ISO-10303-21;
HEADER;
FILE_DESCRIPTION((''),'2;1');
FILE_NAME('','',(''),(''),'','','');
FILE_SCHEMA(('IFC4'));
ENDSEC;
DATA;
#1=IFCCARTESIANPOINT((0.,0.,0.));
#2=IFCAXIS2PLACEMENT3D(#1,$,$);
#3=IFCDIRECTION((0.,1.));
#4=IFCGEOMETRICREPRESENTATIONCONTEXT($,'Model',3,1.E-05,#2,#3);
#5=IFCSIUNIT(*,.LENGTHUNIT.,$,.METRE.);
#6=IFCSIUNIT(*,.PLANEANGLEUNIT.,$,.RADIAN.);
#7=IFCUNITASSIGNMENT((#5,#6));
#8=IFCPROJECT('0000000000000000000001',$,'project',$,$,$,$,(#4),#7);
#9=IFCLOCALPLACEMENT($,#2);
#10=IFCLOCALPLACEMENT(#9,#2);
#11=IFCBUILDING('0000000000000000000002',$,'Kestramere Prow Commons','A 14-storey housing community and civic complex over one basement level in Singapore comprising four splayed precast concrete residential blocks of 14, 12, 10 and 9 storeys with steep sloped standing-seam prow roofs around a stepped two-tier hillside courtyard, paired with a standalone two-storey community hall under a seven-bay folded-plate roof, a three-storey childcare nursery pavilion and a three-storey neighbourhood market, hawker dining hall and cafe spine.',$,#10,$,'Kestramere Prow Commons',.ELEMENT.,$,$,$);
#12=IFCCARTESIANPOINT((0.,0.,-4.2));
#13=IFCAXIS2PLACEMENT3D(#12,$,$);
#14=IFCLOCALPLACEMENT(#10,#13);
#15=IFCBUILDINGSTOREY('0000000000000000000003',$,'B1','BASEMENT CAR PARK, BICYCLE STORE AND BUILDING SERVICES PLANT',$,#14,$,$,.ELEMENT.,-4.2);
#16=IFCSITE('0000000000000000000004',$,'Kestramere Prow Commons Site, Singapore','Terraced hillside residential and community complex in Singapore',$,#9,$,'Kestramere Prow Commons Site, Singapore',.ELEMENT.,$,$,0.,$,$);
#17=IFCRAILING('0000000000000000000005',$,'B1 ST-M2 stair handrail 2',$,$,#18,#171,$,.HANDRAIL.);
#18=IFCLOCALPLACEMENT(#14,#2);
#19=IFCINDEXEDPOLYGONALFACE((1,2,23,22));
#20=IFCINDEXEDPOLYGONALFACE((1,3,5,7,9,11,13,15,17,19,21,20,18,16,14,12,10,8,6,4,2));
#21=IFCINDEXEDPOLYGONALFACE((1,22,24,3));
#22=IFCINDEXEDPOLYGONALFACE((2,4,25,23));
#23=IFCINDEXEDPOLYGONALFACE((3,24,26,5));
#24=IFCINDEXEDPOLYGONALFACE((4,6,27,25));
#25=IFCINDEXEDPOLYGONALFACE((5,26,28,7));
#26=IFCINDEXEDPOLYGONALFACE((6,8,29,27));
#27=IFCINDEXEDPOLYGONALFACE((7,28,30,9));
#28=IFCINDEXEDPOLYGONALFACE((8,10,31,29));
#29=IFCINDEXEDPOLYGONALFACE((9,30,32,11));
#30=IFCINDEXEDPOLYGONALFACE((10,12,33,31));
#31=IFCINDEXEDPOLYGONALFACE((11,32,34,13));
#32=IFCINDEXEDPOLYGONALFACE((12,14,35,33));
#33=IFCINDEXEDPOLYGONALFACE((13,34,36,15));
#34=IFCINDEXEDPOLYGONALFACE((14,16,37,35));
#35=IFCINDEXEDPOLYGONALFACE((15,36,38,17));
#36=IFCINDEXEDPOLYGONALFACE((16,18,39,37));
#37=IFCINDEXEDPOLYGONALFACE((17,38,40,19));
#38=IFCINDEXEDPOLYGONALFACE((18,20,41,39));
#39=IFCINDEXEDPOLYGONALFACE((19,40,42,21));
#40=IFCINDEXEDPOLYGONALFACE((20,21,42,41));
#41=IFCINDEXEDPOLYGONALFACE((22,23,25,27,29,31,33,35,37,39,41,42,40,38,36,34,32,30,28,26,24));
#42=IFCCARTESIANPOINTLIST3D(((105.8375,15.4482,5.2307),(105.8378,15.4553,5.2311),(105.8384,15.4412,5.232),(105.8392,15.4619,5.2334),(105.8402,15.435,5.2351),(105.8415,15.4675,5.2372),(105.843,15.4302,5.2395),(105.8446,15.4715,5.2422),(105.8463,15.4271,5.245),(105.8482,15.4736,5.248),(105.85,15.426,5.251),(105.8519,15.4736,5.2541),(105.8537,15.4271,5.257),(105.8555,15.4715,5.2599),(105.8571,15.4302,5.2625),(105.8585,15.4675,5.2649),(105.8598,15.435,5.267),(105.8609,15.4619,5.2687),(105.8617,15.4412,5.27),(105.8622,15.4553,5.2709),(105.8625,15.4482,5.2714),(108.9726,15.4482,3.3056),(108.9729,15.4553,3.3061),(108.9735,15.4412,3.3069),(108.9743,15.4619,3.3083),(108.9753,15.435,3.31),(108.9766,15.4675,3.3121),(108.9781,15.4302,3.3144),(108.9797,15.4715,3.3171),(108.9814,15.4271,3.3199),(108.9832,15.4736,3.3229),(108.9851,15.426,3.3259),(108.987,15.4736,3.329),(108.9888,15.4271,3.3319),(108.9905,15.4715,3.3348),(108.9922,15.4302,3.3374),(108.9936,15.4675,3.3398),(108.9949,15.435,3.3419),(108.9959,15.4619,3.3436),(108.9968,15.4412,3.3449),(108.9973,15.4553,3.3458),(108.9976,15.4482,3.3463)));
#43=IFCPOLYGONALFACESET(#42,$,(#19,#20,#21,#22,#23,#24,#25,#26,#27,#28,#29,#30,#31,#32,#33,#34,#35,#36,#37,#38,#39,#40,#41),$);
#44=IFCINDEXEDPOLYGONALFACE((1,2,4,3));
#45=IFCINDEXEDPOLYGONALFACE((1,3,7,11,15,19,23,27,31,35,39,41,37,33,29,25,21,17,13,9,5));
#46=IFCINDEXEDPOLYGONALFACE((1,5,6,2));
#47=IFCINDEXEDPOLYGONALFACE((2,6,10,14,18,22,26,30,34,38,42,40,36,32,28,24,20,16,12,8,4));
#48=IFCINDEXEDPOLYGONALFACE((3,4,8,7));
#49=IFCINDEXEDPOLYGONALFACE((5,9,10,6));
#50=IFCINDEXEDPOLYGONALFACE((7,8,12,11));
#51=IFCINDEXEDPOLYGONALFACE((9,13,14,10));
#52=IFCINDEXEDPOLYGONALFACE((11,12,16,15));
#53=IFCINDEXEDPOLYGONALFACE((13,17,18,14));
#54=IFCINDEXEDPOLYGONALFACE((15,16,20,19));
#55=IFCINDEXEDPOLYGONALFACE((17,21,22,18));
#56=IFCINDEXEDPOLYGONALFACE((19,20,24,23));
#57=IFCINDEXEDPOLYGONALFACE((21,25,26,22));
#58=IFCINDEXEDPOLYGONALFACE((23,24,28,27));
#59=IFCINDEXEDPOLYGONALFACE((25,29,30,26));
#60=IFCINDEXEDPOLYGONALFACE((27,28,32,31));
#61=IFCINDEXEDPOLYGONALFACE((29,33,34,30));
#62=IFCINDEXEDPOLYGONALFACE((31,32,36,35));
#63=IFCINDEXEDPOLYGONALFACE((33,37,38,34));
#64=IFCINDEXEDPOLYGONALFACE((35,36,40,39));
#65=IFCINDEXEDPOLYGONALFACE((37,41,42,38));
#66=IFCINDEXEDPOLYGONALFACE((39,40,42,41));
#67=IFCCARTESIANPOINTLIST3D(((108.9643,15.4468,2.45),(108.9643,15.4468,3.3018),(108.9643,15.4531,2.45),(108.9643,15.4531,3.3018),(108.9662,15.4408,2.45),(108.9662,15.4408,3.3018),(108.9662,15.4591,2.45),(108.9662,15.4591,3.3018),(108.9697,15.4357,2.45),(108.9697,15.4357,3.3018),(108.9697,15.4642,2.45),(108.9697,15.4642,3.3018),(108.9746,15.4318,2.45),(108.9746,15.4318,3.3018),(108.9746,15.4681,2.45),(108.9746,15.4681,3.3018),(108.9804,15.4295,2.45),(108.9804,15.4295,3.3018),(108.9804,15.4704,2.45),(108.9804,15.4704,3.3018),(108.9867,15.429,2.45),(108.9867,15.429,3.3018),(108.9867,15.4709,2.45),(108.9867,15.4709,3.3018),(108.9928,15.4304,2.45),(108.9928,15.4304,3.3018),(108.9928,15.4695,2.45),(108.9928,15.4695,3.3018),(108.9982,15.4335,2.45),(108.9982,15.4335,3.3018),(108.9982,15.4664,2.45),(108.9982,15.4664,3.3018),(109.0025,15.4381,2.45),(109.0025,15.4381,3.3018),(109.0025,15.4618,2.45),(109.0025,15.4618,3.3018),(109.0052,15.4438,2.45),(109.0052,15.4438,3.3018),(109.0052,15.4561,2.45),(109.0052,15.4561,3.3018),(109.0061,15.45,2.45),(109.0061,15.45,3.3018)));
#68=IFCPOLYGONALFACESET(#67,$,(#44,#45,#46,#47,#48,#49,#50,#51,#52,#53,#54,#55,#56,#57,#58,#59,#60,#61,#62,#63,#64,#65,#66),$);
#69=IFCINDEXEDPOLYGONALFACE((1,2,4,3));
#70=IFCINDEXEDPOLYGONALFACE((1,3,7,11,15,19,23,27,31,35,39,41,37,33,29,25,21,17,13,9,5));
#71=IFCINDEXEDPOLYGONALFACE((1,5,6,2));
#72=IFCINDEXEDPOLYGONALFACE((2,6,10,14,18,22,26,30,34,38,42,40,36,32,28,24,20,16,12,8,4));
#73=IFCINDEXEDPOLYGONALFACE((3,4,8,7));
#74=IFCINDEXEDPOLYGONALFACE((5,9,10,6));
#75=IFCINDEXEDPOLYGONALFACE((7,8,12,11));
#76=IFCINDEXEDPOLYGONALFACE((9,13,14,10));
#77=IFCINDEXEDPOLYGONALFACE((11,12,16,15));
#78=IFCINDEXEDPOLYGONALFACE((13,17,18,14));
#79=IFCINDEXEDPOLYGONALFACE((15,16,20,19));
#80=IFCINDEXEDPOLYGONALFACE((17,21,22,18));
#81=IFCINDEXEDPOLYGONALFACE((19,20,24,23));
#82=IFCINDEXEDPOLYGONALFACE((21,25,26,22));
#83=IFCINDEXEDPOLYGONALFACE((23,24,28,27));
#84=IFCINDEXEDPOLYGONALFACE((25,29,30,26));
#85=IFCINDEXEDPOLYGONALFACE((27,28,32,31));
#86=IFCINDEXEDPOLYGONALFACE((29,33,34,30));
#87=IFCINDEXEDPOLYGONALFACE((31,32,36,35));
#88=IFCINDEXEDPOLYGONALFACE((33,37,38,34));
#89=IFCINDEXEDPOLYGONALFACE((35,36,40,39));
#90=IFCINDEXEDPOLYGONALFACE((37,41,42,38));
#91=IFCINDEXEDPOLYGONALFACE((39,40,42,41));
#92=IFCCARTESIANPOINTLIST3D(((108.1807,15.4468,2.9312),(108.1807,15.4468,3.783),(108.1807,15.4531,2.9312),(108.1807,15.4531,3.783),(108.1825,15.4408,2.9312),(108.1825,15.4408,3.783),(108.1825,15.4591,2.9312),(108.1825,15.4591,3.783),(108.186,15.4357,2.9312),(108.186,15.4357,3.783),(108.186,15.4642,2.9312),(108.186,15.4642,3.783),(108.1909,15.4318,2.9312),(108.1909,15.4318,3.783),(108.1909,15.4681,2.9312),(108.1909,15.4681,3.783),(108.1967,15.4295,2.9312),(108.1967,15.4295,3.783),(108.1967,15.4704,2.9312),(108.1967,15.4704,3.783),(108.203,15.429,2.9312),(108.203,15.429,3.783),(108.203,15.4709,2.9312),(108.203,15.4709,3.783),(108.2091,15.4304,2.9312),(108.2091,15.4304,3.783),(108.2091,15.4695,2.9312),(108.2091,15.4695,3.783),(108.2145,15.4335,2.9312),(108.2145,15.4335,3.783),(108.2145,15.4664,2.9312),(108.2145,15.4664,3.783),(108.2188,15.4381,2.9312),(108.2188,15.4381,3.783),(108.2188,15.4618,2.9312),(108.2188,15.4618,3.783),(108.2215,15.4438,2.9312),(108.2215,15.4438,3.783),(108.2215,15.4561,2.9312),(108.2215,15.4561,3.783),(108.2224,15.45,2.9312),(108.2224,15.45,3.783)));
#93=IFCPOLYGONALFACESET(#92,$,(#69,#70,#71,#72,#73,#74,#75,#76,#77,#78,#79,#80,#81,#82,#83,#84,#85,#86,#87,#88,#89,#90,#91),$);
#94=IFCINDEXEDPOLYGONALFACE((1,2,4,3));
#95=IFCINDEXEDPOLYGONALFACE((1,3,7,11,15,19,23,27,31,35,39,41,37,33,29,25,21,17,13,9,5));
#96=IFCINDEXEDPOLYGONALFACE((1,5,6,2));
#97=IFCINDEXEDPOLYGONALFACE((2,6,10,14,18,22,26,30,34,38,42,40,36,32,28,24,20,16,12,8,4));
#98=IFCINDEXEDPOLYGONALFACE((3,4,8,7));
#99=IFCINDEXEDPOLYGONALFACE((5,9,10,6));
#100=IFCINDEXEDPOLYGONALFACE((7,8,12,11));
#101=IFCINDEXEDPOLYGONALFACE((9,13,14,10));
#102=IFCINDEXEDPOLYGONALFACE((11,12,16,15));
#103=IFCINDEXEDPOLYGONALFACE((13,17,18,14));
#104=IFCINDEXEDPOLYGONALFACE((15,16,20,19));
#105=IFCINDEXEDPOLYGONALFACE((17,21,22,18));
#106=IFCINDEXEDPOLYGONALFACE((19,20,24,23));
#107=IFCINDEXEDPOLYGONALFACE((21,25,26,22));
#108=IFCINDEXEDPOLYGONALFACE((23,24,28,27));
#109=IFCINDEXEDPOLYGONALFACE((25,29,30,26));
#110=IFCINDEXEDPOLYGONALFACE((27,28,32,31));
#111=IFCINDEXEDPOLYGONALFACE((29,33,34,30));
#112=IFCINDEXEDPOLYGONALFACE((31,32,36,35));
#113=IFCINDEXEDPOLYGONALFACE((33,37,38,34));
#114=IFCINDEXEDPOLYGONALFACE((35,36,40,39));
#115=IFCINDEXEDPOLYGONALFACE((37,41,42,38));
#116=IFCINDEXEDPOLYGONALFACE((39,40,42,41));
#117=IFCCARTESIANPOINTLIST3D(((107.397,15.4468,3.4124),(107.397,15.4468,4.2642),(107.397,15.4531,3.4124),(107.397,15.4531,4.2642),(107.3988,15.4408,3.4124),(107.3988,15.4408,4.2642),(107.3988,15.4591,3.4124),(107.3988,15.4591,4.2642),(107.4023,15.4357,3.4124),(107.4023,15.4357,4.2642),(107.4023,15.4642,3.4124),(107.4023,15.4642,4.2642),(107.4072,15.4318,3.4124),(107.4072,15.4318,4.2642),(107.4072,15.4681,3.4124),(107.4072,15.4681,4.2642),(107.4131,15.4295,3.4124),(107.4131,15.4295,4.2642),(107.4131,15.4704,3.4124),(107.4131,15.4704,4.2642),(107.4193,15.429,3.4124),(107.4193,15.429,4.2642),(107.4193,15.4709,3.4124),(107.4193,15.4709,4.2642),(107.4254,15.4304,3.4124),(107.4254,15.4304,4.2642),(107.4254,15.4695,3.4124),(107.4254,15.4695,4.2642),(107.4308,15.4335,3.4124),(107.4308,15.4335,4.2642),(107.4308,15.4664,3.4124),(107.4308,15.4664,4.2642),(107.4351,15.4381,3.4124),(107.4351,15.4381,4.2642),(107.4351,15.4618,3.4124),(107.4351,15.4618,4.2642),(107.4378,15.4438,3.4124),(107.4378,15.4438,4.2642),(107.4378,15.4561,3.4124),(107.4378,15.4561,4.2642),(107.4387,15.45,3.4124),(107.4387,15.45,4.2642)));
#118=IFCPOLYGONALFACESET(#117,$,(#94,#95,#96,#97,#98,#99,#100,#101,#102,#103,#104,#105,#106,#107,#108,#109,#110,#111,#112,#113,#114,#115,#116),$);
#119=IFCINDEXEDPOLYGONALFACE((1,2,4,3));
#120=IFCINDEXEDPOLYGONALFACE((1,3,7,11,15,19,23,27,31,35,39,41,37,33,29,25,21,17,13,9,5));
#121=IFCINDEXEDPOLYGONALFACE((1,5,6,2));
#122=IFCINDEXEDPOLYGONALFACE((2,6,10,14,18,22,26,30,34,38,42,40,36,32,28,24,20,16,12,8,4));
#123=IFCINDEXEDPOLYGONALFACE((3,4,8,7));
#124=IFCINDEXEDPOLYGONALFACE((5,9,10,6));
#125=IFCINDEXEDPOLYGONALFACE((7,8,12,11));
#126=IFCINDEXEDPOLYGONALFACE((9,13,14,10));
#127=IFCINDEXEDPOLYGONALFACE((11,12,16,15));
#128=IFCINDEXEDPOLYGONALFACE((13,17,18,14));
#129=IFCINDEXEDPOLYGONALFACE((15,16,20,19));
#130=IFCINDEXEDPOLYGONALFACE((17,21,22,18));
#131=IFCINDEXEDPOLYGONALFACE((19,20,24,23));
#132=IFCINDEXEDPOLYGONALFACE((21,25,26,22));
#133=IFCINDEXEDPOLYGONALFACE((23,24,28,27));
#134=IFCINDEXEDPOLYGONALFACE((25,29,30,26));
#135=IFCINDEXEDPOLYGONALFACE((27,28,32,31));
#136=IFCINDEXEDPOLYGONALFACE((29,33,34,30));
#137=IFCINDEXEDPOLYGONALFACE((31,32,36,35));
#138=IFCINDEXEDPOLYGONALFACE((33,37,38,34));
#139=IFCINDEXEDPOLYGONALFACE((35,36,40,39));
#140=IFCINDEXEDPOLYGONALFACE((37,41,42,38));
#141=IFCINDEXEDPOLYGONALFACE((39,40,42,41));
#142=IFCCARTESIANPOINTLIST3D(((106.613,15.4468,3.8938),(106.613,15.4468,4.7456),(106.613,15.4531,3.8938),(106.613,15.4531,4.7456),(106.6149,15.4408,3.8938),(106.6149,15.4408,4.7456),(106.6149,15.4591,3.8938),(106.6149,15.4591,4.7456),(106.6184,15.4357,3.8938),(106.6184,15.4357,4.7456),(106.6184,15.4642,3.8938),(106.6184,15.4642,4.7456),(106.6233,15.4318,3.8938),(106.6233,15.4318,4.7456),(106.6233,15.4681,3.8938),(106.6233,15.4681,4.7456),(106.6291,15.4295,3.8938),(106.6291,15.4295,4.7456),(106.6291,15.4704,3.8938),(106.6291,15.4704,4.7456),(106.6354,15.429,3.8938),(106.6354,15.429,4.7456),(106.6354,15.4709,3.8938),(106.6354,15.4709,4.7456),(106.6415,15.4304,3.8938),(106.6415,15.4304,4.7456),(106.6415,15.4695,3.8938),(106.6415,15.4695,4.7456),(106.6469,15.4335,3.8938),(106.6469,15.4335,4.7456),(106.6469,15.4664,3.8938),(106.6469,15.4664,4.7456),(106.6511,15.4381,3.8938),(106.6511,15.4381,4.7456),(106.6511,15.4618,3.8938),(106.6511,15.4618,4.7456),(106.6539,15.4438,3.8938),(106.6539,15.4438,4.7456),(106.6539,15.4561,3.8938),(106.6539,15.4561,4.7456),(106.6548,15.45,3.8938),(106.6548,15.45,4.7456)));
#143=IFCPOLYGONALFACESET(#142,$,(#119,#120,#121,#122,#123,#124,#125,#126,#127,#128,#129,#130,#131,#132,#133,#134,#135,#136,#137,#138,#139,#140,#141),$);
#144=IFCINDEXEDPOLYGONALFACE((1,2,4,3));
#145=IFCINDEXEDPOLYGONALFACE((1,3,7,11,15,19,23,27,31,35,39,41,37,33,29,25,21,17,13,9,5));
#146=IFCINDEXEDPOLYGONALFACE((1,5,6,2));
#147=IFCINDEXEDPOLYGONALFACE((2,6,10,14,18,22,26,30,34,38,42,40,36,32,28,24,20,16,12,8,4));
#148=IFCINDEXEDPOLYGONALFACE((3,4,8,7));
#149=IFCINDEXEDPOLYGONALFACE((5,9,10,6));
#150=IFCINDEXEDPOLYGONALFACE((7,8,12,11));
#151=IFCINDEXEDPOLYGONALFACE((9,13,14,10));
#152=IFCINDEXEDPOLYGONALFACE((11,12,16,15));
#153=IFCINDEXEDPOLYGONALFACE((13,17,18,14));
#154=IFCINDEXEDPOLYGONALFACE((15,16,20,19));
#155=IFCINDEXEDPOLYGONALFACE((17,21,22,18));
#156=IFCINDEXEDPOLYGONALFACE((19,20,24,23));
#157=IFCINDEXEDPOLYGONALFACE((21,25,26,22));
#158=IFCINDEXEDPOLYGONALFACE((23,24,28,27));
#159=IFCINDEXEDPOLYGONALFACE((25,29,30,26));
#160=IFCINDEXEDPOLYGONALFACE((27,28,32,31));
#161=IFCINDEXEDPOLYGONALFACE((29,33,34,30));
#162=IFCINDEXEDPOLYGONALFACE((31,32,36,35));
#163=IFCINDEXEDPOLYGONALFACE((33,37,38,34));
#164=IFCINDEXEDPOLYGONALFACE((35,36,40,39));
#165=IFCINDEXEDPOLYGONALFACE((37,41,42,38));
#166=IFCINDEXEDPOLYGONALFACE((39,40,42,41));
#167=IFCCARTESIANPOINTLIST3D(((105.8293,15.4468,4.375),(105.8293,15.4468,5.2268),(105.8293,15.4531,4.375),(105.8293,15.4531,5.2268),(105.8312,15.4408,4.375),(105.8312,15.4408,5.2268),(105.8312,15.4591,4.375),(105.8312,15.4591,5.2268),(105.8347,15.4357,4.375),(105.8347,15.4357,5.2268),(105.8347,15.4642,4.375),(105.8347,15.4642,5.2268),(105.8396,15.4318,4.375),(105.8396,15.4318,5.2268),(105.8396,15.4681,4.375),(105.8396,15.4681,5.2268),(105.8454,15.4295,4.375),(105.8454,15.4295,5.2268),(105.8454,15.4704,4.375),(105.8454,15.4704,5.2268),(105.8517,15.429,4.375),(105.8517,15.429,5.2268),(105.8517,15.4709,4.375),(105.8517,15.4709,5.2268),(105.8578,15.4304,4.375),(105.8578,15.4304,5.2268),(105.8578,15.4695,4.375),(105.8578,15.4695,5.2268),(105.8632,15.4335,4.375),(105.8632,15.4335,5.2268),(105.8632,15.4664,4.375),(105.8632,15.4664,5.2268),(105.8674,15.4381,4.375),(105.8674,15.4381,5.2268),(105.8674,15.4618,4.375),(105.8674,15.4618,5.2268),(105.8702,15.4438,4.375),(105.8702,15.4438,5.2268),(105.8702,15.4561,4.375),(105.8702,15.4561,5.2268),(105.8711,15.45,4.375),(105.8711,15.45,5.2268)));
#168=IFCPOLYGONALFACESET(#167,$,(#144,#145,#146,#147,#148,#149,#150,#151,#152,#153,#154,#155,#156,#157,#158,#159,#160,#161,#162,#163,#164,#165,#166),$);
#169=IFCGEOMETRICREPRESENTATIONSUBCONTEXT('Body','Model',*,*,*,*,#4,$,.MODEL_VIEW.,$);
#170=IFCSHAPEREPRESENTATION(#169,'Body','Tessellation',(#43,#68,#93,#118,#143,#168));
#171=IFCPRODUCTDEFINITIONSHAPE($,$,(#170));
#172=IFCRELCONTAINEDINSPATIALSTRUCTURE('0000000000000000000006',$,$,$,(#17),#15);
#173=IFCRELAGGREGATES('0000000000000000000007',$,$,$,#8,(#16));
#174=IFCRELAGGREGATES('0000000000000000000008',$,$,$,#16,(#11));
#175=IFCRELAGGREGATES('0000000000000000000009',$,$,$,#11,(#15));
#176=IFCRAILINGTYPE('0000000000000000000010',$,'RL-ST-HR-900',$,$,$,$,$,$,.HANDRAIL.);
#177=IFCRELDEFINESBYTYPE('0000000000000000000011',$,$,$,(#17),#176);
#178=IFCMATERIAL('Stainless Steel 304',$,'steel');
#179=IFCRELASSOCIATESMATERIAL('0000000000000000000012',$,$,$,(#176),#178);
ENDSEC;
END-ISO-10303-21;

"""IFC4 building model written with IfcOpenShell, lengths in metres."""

from ifc_helpers import new_model, si_unit, direction, frame, origin, origin_2d, place, context, subcontext, project, spatial, circle, extrude, material, type_object, element, save


model = new_model("IFC4")

# Units and contexts
model_context = context("Model", 3, precision=1e-05, world=origin(), true_north=direction((0.0, 1.0)))
body_context = subcontext(model_context, "Body", "Model", "MODEL_VIEW")
ifc_project = project(units=[si_unit("LENGTHUNIT", "METRE"), si_unit("PLANEANGLEUNIT", "RADIAN")], contexts=[model_context])

# Site, building, storey
site_placement = place(None, origin())
site = spatial("IfcSite", under=ifc_project, at=site_placement, Name="Kestramere Prow Commons Site, Singapore", Description="Terraced hillside residential and community complex in Singapore", LongName="Kestramere Prow Commons Site, Singapore", CompositionType="ELEMENT", RefElevation=0.0)
building_placement = place(site_placement, origin())
building = spatial("IfcBuilding", under=site, at=building_placement, Name="Kestramere Prow Commons", Description="A 14-storey housing community and civic complex over one basement level in Singapore comprising four splayed precast concrete residential blocks of 14, 12, 10 and 9 storeys with steep sloped standing-seam prow roofs around a stepped two-tier hillside courtyard, paired with a standalone two-storey community hall under a seven-bay folded-plate roof, a three-storey childcare nursery pavilion and a three-storey neighbourhood market, hawker dining hall and cafe spine.", LongName="Kestramere Prow Commons", CompositionType="ELEMENT")
storey_placement = place(building_placement, frame((0.0, 0.0, -4.2)))
storey = spatial("IfcBuildingStorey", under=building, at=storey_placement, Name="B1", Description="BASEMENT CAR PARK, BICYCLE STORE AND BUILDING SERVICES PLANT", CompositionType="ELEMENT", Elevation=-4.2)

# Railing
ifc_material_1 = material(Name="Stainless Steel 304", Category="steel")
railing_type_1 = type_object("IfcRailingType", Name="RL-ST-HR-900", PredefinedType="HANDRAIL", material=ifc_material_1)
railing_1_placement = place(storey_placement, frame((108.9851, 15.45, 2.45)))
element("IfcRailing", 1, at=railing_1_placement, inside=storey, type_object=railing_type_1, Name="B1 ST-M2 stair handrail 2", PredefinedType="HANDRAIL", context=body_context, shape_type="SweptSolid", body=[
    extrude(circle(Radius=0.0239, at=origin_2d()), frame((0.0, 0.0, 0.876), z_axis=(-0.852166, 0.0, 0.523271), x_axis=(0.0, -1.0, 0.0)), (0.0, 0.0, 1.0), 3.679),
    extrude(circle(Radius=0.021, at=origin_2d()), origin(), (0.0, 0.0, 1.0), 0.8518),
    extrude(circle(Radius=0.021, at=origin_2d()), frame((-0.7837, 0.0, 0.4812)), (0.0, 0.0, 1.0), 0.8518),
    extrude(circle(Radius=0.021, at=origin_2d()), frame((-1.5674, 0.0, 0.9624)), (0.0, 0.0, 1.0), 0.8518),
    extrude(circle(Radius=0.021, at=origin_2d()), frame((-2.3513, 0.0, 1.4438)), (0.0, 0.0, 1.0), 0.8518),
    extrude(circle(Radius=0.021, at=origin_2d()), frame((-3.135, 0.0, 1.925)), (0.0, 0.0, 1.0), 0.8518),
])

save(model, "model.ifc")
